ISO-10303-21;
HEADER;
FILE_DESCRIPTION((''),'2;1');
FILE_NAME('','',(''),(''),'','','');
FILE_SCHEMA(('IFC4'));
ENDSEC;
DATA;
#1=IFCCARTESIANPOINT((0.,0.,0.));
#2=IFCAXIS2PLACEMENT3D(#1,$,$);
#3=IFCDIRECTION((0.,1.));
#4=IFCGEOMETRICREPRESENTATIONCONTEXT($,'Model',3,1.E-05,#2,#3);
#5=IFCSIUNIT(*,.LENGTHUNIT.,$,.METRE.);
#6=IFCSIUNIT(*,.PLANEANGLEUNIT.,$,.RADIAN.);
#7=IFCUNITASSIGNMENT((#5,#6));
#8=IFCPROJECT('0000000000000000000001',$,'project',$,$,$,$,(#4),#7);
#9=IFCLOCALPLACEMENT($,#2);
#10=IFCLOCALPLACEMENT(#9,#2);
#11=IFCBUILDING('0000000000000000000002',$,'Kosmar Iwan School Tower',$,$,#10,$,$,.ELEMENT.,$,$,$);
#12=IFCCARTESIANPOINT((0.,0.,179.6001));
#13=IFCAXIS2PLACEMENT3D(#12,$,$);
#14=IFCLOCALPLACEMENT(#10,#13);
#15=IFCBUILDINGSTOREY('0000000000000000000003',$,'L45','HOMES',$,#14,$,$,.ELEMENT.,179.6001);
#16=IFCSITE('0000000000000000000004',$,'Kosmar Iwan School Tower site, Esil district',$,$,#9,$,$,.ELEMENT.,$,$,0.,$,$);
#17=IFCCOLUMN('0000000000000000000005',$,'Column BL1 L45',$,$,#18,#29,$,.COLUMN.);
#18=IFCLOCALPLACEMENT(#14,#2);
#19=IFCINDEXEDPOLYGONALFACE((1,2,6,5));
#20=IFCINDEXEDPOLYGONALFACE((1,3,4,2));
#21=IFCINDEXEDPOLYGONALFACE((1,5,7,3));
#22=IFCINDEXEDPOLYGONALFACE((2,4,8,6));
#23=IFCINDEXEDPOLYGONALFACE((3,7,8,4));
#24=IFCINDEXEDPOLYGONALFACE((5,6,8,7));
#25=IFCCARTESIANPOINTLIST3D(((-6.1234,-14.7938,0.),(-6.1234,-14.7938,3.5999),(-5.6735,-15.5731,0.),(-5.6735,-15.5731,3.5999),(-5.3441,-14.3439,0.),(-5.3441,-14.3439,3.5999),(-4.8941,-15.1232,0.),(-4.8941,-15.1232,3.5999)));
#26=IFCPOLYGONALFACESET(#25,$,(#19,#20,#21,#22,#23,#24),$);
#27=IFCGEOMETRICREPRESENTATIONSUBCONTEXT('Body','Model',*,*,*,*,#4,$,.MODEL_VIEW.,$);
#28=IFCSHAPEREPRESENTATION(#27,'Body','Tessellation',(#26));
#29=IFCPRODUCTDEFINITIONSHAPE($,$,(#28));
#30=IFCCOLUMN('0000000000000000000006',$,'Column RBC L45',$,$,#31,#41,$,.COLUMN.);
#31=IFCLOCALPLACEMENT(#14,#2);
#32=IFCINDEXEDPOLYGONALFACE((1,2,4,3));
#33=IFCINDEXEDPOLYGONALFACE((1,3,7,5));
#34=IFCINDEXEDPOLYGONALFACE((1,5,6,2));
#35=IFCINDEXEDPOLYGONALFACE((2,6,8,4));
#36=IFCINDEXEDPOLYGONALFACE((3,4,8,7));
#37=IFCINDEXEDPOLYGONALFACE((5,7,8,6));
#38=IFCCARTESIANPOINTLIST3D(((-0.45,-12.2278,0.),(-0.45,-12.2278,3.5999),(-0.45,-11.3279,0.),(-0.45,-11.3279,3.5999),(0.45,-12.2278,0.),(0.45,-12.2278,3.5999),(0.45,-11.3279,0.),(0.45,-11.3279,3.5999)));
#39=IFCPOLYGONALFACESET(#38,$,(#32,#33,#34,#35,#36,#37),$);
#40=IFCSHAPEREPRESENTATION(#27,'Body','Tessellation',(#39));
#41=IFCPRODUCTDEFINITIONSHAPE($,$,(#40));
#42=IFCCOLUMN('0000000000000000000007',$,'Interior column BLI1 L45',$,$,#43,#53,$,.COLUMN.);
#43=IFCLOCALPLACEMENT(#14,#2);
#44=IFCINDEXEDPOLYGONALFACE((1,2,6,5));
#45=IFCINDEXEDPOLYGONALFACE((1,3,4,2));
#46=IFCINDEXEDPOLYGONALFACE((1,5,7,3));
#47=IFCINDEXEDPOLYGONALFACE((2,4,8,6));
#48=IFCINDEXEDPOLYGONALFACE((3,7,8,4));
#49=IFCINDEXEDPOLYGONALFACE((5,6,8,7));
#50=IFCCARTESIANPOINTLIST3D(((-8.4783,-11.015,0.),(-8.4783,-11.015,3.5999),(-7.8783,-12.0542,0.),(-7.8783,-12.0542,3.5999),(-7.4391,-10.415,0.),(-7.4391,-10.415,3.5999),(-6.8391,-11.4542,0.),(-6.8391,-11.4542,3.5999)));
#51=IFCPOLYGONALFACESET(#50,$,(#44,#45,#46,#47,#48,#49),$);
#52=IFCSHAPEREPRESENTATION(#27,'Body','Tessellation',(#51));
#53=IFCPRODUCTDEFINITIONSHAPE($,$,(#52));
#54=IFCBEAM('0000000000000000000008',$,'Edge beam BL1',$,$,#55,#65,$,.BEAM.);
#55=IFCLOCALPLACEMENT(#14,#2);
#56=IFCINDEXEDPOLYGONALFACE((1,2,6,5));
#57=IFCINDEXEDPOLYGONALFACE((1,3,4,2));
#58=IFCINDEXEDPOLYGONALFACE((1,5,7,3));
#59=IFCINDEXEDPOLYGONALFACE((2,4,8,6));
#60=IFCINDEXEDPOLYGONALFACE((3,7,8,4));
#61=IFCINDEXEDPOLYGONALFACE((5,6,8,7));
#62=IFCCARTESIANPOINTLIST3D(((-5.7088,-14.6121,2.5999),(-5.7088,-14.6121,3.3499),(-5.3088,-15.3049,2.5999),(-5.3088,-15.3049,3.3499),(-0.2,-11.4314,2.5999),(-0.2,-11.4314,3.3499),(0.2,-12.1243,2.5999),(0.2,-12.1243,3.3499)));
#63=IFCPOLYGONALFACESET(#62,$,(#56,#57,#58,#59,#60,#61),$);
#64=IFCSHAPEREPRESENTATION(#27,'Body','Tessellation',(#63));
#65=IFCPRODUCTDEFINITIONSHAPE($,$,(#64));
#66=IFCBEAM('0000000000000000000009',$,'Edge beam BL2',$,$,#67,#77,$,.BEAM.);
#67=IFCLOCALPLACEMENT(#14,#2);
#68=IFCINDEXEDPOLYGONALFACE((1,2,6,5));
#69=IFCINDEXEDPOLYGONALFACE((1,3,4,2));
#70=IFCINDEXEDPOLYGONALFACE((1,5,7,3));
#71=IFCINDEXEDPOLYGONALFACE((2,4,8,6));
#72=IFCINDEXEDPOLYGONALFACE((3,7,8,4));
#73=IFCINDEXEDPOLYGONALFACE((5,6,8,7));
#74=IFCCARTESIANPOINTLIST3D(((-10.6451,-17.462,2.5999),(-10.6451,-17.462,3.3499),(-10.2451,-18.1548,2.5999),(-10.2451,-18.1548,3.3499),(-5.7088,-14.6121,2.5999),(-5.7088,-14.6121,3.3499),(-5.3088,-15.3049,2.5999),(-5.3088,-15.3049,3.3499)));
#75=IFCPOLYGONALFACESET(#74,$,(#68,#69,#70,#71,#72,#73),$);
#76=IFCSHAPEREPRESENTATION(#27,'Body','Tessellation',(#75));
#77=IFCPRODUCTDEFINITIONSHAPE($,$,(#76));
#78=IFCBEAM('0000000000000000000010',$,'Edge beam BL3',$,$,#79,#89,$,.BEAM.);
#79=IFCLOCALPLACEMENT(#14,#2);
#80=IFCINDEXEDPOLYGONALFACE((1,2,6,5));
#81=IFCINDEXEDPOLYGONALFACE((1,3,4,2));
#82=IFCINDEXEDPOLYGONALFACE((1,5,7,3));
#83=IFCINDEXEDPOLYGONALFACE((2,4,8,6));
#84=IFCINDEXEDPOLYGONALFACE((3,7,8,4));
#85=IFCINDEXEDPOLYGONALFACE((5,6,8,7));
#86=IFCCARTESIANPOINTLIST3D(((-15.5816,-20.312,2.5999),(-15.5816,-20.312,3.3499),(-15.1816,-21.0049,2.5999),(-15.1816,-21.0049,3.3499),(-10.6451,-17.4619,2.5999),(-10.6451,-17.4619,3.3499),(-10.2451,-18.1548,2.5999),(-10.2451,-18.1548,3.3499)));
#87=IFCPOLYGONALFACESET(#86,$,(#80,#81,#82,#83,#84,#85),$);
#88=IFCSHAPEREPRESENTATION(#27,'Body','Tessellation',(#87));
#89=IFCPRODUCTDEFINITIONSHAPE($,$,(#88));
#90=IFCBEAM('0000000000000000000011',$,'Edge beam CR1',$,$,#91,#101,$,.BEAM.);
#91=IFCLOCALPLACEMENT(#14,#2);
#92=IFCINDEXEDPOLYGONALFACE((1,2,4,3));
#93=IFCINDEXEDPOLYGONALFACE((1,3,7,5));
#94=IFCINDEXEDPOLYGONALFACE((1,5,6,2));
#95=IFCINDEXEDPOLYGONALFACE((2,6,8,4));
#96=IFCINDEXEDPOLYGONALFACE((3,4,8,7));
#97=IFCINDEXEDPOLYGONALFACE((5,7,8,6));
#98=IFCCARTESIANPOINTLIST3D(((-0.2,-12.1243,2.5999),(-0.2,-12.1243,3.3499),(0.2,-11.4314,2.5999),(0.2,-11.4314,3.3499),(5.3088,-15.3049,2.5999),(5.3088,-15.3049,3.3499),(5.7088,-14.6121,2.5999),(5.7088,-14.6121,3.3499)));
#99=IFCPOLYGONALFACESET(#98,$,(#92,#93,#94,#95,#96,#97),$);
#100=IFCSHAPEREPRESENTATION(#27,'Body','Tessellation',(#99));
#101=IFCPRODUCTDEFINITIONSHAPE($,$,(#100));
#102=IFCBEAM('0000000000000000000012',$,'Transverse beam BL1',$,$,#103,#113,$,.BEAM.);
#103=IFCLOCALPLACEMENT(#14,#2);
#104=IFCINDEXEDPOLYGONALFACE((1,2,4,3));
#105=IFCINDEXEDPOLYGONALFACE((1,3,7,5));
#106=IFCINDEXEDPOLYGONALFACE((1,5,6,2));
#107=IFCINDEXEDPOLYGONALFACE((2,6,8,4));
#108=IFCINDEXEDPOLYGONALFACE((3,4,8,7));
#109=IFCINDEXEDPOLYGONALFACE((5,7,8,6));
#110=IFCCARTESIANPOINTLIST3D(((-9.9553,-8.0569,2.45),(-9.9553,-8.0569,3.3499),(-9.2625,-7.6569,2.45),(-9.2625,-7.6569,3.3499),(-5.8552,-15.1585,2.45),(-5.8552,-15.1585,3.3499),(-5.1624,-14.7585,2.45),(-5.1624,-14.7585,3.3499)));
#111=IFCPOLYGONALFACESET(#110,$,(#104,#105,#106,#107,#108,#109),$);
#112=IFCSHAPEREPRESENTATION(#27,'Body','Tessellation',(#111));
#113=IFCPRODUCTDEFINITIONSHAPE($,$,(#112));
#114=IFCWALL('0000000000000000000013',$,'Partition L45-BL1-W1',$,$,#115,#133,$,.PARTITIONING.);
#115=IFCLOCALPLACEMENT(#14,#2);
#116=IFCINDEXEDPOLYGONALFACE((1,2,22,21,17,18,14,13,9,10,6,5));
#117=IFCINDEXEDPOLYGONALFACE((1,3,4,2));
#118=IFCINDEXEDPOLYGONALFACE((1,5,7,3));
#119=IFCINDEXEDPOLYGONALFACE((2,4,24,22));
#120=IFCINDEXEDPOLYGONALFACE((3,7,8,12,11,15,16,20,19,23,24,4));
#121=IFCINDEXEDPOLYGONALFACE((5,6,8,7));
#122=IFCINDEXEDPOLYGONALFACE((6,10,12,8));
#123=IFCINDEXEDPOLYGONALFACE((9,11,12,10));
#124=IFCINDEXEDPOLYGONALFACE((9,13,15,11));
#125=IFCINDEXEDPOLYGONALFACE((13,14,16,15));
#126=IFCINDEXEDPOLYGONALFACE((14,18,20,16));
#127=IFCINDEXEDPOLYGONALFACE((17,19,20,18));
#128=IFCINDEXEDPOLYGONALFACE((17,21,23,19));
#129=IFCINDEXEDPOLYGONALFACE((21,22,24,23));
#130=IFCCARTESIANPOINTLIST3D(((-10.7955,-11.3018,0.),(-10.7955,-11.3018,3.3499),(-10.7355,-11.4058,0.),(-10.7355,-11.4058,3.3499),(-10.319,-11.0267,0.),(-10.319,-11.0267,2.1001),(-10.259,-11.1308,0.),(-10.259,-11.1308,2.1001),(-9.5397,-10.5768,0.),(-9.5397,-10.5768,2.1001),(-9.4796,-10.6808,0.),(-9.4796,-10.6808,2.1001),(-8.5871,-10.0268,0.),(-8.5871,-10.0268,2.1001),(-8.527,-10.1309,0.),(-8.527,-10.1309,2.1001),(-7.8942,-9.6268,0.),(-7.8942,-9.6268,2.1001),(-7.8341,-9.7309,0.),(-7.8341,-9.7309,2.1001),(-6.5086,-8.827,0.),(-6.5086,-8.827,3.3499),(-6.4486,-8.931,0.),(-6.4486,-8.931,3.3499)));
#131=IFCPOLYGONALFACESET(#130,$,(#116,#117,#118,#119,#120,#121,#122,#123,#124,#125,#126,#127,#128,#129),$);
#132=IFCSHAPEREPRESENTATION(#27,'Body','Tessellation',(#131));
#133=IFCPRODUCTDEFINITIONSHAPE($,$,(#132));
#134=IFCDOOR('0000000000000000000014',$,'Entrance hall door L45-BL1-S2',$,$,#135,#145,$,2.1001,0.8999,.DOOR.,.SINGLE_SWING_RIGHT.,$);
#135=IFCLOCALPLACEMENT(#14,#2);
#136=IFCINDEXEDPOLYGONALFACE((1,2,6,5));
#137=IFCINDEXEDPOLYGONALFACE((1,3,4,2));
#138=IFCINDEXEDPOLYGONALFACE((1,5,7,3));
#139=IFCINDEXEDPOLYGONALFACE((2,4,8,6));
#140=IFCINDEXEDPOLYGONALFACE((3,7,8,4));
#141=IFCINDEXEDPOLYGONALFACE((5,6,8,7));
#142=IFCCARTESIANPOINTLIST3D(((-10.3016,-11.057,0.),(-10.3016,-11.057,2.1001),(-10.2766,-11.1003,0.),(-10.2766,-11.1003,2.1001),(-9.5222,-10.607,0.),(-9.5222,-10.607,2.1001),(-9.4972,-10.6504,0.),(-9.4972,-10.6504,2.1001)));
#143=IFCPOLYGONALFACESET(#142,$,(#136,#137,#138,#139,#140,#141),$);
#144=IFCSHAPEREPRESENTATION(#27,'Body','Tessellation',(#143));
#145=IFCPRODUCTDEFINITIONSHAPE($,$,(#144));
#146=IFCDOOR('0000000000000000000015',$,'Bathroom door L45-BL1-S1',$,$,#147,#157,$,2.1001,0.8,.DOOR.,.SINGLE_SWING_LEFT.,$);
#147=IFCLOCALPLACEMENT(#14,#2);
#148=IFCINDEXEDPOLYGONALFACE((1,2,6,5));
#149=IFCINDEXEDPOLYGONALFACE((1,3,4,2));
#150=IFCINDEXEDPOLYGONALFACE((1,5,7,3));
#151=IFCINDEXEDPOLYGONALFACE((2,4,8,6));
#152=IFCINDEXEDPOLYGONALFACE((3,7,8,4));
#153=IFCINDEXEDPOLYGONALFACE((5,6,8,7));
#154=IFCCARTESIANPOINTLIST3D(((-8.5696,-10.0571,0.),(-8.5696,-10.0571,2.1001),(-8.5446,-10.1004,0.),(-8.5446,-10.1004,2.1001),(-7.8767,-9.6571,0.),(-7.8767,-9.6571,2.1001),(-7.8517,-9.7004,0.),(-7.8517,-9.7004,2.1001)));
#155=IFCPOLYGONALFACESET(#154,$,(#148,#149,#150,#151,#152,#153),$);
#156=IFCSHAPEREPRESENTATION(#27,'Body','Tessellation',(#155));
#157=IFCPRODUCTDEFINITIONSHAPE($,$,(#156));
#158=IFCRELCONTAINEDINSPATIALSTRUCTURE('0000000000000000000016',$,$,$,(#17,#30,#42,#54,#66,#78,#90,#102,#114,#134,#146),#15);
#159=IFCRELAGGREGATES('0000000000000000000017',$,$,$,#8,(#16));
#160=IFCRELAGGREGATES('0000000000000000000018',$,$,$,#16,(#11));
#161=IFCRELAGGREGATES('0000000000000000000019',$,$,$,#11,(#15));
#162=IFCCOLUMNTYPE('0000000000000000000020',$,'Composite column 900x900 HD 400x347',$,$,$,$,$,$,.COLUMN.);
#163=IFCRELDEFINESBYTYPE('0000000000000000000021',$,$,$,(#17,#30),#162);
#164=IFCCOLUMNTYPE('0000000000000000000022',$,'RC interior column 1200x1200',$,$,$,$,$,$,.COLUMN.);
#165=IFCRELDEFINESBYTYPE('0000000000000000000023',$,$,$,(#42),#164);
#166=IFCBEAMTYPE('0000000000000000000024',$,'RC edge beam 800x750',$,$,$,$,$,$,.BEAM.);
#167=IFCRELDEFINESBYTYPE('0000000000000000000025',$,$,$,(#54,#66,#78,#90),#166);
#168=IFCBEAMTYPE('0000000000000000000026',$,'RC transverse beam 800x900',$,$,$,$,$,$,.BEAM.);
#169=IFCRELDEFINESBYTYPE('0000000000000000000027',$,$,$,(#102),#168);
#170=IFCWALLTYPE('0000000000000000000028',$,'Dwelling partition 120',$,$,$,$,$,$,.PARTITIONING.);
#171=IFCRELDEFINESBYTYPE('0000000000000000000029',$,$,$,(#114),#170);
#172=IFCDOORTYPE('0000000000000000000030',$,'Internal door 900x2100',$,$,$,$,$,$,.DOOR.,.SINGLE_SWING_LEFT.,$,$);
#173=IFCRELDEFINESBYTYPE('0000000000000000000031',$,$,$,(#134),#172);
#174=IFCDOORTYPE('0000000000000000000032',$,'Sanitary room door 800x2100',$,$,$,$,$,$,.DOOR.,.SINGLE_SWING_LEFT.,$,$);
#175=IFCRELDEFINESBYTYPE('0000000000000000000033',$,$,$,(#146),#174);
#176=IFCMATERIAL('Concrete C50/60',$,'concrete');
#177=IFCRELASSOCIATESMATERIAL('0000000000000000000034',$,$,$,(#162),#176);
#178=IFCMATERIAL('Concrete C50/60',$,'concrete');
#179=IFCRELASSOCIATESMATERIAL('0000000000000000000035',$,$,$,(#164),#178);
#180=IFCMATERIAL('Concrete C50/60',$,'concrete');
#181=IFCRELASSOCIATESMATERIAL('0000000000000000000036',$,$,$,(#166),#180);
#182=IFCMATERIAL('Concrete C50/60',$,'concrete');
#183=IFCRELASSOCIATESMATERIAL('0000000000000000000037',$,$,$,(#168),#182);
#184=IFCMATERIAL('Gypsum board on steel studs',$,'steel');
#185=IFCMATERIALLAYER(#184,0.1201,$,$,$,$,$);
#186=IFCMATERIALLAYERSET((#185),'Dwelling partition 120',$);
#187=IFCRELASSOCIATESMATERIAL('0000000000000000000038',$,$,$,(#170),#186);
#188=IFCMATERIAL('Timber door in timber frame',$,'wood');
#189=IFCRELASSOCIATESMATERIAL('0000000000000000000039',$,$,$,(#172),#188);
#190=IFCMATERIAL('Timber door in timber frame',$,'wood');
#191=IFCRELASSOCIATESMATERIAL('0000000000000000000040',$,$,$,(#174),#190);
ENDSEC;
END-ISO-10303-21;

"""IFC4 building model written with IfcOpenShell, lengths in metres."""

from ifc_helpers import new_model, si_unit, direction, frame, frame_2d, origin, origin_2d, place, context, subcontext, project, spatial, rectangle, extrude, material, layer, layer_set, material_profile, profile_set, type_object, element, fill, save


model = new_model("IFC4")

# Units and contexts
model_context = context("Model", 3, precision=1e-05, world=origin(), true_north=direction((0.0, 1.0)))
body_context = subcontext(model_context, "Body", "Model", "MODEL_VIEW")
ifc_project = project(units=[si_unit("LENGTHUNIT", "METRE"), si_unit("PLANEANGLEUNIT", "RADIAN")], contexts=[model_context])

# Site, building, storey
site_placement = place(None, origin())
site = spatial("IfcSite", under=ifc_project, at=site_placement, Name="Kosmar Iwan School Tower site, Esil district", CompositionType="ELEMENT", RefElevation=0.0)
building_placement = place(site_placement, origin())
building = spatial("IfcBuilding", under=site, at=building_placement, Name="Kosmar Iwan School Tower", CompositionType="ELEMENT")
storey_placement = place(building_placement, frame((0.0, 0.0, 179.6001)))
storey = spatial("IfcBuildingStorey", under=building, at=storey_placement, Name="L45", Description="HOMES", CompositionType="ELEMENT", Elevation=179.6001)

# Columns
ifc_material_1 = material(Name="Concrete C50/60", Category="concrete")
ifc_material_profile_1 = material_profile(ifc_material_1, rectangle(XDim=0.8999, YDim=0.8999, at=origin_2d()), Name="RC 900x900 + HD 400x347")
ifc_profile_set_1 = profile_set([ifc_material_profile_1], Name="Concrete C50/60")
column_type_1 = type_object("IfcColumnType", Name="Composite column 900x900 HD 400x347", PredefinedType="COLUMN", material=ifc_profile_set_1)
for number, where, z_axis, x_axis, name in (
    (1, (-5.5088, -14.9585, 0.0), (0.0, 0.0, 1.0), (-0.866025, -0.5, 0.0), "Column BL1 L45"),
    (2, (0.0, -11.7778, 0.0), (0.0, 0.0, 1.0), (1.0, 0.0, 0.0), "Column RBC L45"),
):
    element("IfcColumn", number, at=place(storey_placement, frame(where, z_axis=z_axis, x_axis=x_axis)), inside=storey, type_object=column_type_1, Name=name, PredefinedType="COLUMN", context=body_context, shape_type="SweptSolid", body=[
        extrude(rectangle(XDim=0.8999, YDim=0.8999, at=origin_2d()), origin(), (0.0, 0.0, 1.0), 3.5999),
    ])
ifc_material_2 = material(Name="Concrete C50/60", Category="concrete")
ifc_material_profile_2 = material_profile(ifc_material_2, rectangle(XDim=1.2, YDim=1.2, at=origin_2d()), Name="RC 1200x1200")
ifc_profile_set_2 = profile_set([ifc_material_profile_2], Name="Concrete C50/60")
column_type_2 = type_object("IfcColumnType", Name="RC interior column 1200x1200", PredefinedType="COLUMN", material=ifc_profile_set_2)
column_placement = place(storey_placement, frame((-7.6587, -11.2346, 0.0), z_axis=(0.0, 0.0, 1.0), x_axis=(-0.866025, -0.5, 0.0)))
element("IfcColumn", 3, at=column_placement, inside=storey, type_object=column_type_2, Name="Interior column BLI1 L45", PredefinedType="COLUMN", context=body_context, shape_type="SweptSolid", body=[
    extrude(rectangle(XDim=1.2, YDim=1.2, at=origin_2d()), origin(), (0.0, 0.0, 1.0), 3.5999),
])

# Beams
ifc_material_3 = material(Name="Concrete C50/60", Category="concrete")
ifc_material_profile_3 = material_profile(ifc_material_3, rectangle(XDim=0.8, YDim=0.75, at=origin_2d()), Name="RC 800x750")
ifc_profile_set_3 = profile_set([ifc_material_profile_3], Name="Concrete C50/60")
beam_type_1 = type_object("IfcBeamType", Name="RC edge beam 800x750", PredefinedType="BEAM", material=ifc_profile_set_3)
beam_1_placement = place(storey_placement, frame((0.0, -11.7778, 2.9749), z_axis=(-0.866014, -0.500019, 0.0), x_axis=(0.500019, -0.866014, 0.0)))
element("IfcBeam", 4, at=beam_1_placement, inside=storey, type_object=beam_type_1, Name="Edge beam BL1", PredefinedType="BEAM", context=body_context, shape_type="SweptSolid", body=[
    extrude(rectangle(XDim=0.8, YDim=0.75, at=origin_2d()), origin(), (0.0, 0.0, 1.0), 6.3611),
])
beam_2_placement = place(storey_placement, frame((-5.5088, -14.9585, 2.9749), z_axis=(-0.866034, -0.499986, 0.0), x_axis=(0.499986, -0.866034, 0.0)))
element("IfcBeam", 5, at=beam_2_placement, inside=storey, type_object=beam_type_1, Name="Edge beam BL2", PredefinedType="BEAM", context=body_context, shape_type="SweptSolid", body=[
    extrude(rectangle(XDim=0.8, YDim=0.75, at=origin_2d()), origin(), (0.0, 0.0, 1.0), 5.7),
])
beam_3_placement = place(storey_placement, frame((-10.4451, -17.8083, 2.9749), z_axis=(-0.866026, -0.499999, 0.0), x_axis=(0.499999, -0.866026, 0.0)))
element("IfcBeam", 6, at=beam_3_placement, inside=storey, type_object=beam_type_1, Name="Edge beam BL3", PredefinedType="BEAM", context=body_context, shape_type="SweptSolid", body=[
    extrude(rectangle(XDim=0.8, YDim=0.75, at=origin_2d()), origin(), (0.0, 0.0, 1.0), 5.7002),
])
beam_4_placement = place(storey_placement, frame((0.0, -11.7778, 2.9749), z_axis=(0.866014, -0.500019, 0.0), x_axis=(0.500019, 0.866014, 0.0)))
element("IfcBeam", 7, at=beam_4_placement, inside=storey, type_object=beam_type_1, Name="Edge beam CR1", PredefinedType="BEAM", context=body_context, shape_type="SweptSolid", body=[
    extrude(rectangle(XDim=0.8, YDim=0.75, at=origin_2d()), origin(), (0.0, 0.0, 1.0), 6.3611),
])
ifc_material_4 = material(Name="Concrete C50/60", Category="concrete")
ifc_material_profile_4 = material_profile(ifc_material_4, rectangle(XDim=0.8, YDim=0.8999, at=origin_2d()), Name="RC 800x900")
ifc_profile_set_4 = profile_set([ifc_material_profile_4], Name="Concrete C50/60")
beam_type_2 = type_object("IfcBeamType", Name="RC transverse beam 800x900", PredefinedType="BEAM", material=ifc_profile_set_4)
beam_5_placement = place(storey_placement, frame((-5.5088, -14.9585, 2.8999), z_axis=(-0.500001, 0.866025, 0.0), x_axis=(-0.866025, -0.500001, 0.0)))
element("IfcBeam", 8, at=beam_5_placement, inside=storey, type_object=beam_type_2, Name="Transverse beam BL1", PredefinedType="BEAM", context=body_context, shape_type="SweptSolid", body=[
    extrude(rectangle(XDim=0.8, YDim=0.8999, at=origin_2d()), origin(), (0.0, 0.0, 1.0), 8.2002),
])

# Wall, openings, doors
ifc_material_5 = material(Name="Gypsum board on steel studs", Category="steel")
ifc_layer_1 = layer(ifc_material_5, 0.1201)
ifc_layer_set_1 = layer_set([ifc_layer_1], Name="Dwelling partition 120")
wall_type_1 = type_object("IfcWallType", Name="Dwelling partition 120", PredefinedType="PARTITIONING", material=ifc_layer_set_1)
wall_1_placement = place(storey_placement, frame((-6.4785, -8.8789, 0.0), z_axis=(0.0, 0.0, 1.0), x_axis=(-0.86604, -0.499974, 0.0)))
wall_1 = element("IfcWall", 9, at=wall_1_placement, inside=storey, type_object=wall_type_1, Name="Partition L45-BL1-W1", PredefinedType="PARTITIONING", context=body_context, shape_type="SweptSolid", body=[
    extrude(rectangle(XDim=4.95, YDim=0.1201, at=frame_2d((2.4751, 0.0))), origin(), (0.0, 0.0, 1.0), 3.3499),
])
opening_1_placement = place(wall_1_placement, frame((1.6001, 0.0, 0.0)))
opening_1 = element("IfcOpeningElement", 10, at=opening_1_placement, cuts=wall_1, PredefinedType="OPENING", context=body_context, shape_type="SweptSolid", body=[
    extrude(rectangle(XDim=0.8, YDim=2.1001, at=frame_2d((0.3999, 1.05))), frame((0.0, 0.072, 0.0), z_axis=(0.0, -1.0, 0.0), x_axis=(1.0, 0.0, 0.0)), (0.0, 0.0, 1.0), 0.144),
])
opening_2_placement = place(wall_1_placement, frame((3.5, 0.0, 0.0)))
opening_2 = element("IfcOpeningElement", 11, at=opening_2_placement, cuts=wall_1, PredefinedType="OPENING", context=body_context, shape_type="SweptSolid", body=[
    extrude(rectangle(XDim=0.8999, YDim=2.1001, at=frame_2d((0.45, 1.05))), frame((0.0, 0.072, 0.0), z_axis=(0.0, -1.0, 0.0), x_axis=(1.0, 0.0, 0.0)), (0.0, 0.0, 1.0), 0.144),
])
ifc_material_6 = material(Name="Timber door in timber frame", Category="wood")
door_type_1 = type_object("IfcDoorType", Name="Internal door 900x2100", OperationType="SINGLE_SWING_LEFT", PredefinedType="DOOR", material=ifc_material_6)
door_1_placement = place(opening_2_placement, origin())
door_1 = element("IfcDoor", 12, at=door_1_placement, inside=storey, type_object=door_type_1, Name="Entrance hall door L45-BL1-S2", OperationType="SINGLE_SWING_RIGHT", OverallHeight=2.1001, OverallWidth=0.8999, PredefinedType="DOOR", context=body_context, shape_type="SweptSolid", body=[
    extrude(rectangle(XDim=0.8999, YDim=2.1001, at=frame_2d((0.45, 1.05))), frame((0.0, 0.0249, 0.0), z_axis=(0.0, -1.0, 0.0), x_axis=(1.0, 0.0, 0.0)), (0.0, 0.0, 1.0), 0.05),
])
fill(opening_2, door_1)
ifc_material_7 = material(Name="Timber door in timber frame", Category="wood")
door_type_2 = type_object("IfcDoorType", Name="Sanitary room door 800x2100", OperationType="SINGLE_SWING_LEFT", PredefinedType="DOOR", material=ifc_material_7)
door_2_placement = place(opening_1_placement, origin())
door_2 = element("IfcDoor", 13, at=door_2_placement, inside=storey, type_object=door_type_2, Name="Bathroom door L45-BL1-S1", OperationType="SINGLE_SWING_LEFT", OverallHeight=2.1001, OverallWidth=0.8, PredefinedType="DOOR", context=body_context, shape_type="SweptSolid", body=[
    extrude(rectangle(XDim=0.8, YDim=2.1001, at=frame_2d((0.3999, 1.05))), frame((0.0, 0.0249, 0.0), z_axis=(0.0, -1.0, 0.0), x_axis=(1.0, 0.0, 0.0)), (0.0, 0.0, 1.0), 0.05),
])
fill(opening_1, door_2)

save(model, "model.ifc")
